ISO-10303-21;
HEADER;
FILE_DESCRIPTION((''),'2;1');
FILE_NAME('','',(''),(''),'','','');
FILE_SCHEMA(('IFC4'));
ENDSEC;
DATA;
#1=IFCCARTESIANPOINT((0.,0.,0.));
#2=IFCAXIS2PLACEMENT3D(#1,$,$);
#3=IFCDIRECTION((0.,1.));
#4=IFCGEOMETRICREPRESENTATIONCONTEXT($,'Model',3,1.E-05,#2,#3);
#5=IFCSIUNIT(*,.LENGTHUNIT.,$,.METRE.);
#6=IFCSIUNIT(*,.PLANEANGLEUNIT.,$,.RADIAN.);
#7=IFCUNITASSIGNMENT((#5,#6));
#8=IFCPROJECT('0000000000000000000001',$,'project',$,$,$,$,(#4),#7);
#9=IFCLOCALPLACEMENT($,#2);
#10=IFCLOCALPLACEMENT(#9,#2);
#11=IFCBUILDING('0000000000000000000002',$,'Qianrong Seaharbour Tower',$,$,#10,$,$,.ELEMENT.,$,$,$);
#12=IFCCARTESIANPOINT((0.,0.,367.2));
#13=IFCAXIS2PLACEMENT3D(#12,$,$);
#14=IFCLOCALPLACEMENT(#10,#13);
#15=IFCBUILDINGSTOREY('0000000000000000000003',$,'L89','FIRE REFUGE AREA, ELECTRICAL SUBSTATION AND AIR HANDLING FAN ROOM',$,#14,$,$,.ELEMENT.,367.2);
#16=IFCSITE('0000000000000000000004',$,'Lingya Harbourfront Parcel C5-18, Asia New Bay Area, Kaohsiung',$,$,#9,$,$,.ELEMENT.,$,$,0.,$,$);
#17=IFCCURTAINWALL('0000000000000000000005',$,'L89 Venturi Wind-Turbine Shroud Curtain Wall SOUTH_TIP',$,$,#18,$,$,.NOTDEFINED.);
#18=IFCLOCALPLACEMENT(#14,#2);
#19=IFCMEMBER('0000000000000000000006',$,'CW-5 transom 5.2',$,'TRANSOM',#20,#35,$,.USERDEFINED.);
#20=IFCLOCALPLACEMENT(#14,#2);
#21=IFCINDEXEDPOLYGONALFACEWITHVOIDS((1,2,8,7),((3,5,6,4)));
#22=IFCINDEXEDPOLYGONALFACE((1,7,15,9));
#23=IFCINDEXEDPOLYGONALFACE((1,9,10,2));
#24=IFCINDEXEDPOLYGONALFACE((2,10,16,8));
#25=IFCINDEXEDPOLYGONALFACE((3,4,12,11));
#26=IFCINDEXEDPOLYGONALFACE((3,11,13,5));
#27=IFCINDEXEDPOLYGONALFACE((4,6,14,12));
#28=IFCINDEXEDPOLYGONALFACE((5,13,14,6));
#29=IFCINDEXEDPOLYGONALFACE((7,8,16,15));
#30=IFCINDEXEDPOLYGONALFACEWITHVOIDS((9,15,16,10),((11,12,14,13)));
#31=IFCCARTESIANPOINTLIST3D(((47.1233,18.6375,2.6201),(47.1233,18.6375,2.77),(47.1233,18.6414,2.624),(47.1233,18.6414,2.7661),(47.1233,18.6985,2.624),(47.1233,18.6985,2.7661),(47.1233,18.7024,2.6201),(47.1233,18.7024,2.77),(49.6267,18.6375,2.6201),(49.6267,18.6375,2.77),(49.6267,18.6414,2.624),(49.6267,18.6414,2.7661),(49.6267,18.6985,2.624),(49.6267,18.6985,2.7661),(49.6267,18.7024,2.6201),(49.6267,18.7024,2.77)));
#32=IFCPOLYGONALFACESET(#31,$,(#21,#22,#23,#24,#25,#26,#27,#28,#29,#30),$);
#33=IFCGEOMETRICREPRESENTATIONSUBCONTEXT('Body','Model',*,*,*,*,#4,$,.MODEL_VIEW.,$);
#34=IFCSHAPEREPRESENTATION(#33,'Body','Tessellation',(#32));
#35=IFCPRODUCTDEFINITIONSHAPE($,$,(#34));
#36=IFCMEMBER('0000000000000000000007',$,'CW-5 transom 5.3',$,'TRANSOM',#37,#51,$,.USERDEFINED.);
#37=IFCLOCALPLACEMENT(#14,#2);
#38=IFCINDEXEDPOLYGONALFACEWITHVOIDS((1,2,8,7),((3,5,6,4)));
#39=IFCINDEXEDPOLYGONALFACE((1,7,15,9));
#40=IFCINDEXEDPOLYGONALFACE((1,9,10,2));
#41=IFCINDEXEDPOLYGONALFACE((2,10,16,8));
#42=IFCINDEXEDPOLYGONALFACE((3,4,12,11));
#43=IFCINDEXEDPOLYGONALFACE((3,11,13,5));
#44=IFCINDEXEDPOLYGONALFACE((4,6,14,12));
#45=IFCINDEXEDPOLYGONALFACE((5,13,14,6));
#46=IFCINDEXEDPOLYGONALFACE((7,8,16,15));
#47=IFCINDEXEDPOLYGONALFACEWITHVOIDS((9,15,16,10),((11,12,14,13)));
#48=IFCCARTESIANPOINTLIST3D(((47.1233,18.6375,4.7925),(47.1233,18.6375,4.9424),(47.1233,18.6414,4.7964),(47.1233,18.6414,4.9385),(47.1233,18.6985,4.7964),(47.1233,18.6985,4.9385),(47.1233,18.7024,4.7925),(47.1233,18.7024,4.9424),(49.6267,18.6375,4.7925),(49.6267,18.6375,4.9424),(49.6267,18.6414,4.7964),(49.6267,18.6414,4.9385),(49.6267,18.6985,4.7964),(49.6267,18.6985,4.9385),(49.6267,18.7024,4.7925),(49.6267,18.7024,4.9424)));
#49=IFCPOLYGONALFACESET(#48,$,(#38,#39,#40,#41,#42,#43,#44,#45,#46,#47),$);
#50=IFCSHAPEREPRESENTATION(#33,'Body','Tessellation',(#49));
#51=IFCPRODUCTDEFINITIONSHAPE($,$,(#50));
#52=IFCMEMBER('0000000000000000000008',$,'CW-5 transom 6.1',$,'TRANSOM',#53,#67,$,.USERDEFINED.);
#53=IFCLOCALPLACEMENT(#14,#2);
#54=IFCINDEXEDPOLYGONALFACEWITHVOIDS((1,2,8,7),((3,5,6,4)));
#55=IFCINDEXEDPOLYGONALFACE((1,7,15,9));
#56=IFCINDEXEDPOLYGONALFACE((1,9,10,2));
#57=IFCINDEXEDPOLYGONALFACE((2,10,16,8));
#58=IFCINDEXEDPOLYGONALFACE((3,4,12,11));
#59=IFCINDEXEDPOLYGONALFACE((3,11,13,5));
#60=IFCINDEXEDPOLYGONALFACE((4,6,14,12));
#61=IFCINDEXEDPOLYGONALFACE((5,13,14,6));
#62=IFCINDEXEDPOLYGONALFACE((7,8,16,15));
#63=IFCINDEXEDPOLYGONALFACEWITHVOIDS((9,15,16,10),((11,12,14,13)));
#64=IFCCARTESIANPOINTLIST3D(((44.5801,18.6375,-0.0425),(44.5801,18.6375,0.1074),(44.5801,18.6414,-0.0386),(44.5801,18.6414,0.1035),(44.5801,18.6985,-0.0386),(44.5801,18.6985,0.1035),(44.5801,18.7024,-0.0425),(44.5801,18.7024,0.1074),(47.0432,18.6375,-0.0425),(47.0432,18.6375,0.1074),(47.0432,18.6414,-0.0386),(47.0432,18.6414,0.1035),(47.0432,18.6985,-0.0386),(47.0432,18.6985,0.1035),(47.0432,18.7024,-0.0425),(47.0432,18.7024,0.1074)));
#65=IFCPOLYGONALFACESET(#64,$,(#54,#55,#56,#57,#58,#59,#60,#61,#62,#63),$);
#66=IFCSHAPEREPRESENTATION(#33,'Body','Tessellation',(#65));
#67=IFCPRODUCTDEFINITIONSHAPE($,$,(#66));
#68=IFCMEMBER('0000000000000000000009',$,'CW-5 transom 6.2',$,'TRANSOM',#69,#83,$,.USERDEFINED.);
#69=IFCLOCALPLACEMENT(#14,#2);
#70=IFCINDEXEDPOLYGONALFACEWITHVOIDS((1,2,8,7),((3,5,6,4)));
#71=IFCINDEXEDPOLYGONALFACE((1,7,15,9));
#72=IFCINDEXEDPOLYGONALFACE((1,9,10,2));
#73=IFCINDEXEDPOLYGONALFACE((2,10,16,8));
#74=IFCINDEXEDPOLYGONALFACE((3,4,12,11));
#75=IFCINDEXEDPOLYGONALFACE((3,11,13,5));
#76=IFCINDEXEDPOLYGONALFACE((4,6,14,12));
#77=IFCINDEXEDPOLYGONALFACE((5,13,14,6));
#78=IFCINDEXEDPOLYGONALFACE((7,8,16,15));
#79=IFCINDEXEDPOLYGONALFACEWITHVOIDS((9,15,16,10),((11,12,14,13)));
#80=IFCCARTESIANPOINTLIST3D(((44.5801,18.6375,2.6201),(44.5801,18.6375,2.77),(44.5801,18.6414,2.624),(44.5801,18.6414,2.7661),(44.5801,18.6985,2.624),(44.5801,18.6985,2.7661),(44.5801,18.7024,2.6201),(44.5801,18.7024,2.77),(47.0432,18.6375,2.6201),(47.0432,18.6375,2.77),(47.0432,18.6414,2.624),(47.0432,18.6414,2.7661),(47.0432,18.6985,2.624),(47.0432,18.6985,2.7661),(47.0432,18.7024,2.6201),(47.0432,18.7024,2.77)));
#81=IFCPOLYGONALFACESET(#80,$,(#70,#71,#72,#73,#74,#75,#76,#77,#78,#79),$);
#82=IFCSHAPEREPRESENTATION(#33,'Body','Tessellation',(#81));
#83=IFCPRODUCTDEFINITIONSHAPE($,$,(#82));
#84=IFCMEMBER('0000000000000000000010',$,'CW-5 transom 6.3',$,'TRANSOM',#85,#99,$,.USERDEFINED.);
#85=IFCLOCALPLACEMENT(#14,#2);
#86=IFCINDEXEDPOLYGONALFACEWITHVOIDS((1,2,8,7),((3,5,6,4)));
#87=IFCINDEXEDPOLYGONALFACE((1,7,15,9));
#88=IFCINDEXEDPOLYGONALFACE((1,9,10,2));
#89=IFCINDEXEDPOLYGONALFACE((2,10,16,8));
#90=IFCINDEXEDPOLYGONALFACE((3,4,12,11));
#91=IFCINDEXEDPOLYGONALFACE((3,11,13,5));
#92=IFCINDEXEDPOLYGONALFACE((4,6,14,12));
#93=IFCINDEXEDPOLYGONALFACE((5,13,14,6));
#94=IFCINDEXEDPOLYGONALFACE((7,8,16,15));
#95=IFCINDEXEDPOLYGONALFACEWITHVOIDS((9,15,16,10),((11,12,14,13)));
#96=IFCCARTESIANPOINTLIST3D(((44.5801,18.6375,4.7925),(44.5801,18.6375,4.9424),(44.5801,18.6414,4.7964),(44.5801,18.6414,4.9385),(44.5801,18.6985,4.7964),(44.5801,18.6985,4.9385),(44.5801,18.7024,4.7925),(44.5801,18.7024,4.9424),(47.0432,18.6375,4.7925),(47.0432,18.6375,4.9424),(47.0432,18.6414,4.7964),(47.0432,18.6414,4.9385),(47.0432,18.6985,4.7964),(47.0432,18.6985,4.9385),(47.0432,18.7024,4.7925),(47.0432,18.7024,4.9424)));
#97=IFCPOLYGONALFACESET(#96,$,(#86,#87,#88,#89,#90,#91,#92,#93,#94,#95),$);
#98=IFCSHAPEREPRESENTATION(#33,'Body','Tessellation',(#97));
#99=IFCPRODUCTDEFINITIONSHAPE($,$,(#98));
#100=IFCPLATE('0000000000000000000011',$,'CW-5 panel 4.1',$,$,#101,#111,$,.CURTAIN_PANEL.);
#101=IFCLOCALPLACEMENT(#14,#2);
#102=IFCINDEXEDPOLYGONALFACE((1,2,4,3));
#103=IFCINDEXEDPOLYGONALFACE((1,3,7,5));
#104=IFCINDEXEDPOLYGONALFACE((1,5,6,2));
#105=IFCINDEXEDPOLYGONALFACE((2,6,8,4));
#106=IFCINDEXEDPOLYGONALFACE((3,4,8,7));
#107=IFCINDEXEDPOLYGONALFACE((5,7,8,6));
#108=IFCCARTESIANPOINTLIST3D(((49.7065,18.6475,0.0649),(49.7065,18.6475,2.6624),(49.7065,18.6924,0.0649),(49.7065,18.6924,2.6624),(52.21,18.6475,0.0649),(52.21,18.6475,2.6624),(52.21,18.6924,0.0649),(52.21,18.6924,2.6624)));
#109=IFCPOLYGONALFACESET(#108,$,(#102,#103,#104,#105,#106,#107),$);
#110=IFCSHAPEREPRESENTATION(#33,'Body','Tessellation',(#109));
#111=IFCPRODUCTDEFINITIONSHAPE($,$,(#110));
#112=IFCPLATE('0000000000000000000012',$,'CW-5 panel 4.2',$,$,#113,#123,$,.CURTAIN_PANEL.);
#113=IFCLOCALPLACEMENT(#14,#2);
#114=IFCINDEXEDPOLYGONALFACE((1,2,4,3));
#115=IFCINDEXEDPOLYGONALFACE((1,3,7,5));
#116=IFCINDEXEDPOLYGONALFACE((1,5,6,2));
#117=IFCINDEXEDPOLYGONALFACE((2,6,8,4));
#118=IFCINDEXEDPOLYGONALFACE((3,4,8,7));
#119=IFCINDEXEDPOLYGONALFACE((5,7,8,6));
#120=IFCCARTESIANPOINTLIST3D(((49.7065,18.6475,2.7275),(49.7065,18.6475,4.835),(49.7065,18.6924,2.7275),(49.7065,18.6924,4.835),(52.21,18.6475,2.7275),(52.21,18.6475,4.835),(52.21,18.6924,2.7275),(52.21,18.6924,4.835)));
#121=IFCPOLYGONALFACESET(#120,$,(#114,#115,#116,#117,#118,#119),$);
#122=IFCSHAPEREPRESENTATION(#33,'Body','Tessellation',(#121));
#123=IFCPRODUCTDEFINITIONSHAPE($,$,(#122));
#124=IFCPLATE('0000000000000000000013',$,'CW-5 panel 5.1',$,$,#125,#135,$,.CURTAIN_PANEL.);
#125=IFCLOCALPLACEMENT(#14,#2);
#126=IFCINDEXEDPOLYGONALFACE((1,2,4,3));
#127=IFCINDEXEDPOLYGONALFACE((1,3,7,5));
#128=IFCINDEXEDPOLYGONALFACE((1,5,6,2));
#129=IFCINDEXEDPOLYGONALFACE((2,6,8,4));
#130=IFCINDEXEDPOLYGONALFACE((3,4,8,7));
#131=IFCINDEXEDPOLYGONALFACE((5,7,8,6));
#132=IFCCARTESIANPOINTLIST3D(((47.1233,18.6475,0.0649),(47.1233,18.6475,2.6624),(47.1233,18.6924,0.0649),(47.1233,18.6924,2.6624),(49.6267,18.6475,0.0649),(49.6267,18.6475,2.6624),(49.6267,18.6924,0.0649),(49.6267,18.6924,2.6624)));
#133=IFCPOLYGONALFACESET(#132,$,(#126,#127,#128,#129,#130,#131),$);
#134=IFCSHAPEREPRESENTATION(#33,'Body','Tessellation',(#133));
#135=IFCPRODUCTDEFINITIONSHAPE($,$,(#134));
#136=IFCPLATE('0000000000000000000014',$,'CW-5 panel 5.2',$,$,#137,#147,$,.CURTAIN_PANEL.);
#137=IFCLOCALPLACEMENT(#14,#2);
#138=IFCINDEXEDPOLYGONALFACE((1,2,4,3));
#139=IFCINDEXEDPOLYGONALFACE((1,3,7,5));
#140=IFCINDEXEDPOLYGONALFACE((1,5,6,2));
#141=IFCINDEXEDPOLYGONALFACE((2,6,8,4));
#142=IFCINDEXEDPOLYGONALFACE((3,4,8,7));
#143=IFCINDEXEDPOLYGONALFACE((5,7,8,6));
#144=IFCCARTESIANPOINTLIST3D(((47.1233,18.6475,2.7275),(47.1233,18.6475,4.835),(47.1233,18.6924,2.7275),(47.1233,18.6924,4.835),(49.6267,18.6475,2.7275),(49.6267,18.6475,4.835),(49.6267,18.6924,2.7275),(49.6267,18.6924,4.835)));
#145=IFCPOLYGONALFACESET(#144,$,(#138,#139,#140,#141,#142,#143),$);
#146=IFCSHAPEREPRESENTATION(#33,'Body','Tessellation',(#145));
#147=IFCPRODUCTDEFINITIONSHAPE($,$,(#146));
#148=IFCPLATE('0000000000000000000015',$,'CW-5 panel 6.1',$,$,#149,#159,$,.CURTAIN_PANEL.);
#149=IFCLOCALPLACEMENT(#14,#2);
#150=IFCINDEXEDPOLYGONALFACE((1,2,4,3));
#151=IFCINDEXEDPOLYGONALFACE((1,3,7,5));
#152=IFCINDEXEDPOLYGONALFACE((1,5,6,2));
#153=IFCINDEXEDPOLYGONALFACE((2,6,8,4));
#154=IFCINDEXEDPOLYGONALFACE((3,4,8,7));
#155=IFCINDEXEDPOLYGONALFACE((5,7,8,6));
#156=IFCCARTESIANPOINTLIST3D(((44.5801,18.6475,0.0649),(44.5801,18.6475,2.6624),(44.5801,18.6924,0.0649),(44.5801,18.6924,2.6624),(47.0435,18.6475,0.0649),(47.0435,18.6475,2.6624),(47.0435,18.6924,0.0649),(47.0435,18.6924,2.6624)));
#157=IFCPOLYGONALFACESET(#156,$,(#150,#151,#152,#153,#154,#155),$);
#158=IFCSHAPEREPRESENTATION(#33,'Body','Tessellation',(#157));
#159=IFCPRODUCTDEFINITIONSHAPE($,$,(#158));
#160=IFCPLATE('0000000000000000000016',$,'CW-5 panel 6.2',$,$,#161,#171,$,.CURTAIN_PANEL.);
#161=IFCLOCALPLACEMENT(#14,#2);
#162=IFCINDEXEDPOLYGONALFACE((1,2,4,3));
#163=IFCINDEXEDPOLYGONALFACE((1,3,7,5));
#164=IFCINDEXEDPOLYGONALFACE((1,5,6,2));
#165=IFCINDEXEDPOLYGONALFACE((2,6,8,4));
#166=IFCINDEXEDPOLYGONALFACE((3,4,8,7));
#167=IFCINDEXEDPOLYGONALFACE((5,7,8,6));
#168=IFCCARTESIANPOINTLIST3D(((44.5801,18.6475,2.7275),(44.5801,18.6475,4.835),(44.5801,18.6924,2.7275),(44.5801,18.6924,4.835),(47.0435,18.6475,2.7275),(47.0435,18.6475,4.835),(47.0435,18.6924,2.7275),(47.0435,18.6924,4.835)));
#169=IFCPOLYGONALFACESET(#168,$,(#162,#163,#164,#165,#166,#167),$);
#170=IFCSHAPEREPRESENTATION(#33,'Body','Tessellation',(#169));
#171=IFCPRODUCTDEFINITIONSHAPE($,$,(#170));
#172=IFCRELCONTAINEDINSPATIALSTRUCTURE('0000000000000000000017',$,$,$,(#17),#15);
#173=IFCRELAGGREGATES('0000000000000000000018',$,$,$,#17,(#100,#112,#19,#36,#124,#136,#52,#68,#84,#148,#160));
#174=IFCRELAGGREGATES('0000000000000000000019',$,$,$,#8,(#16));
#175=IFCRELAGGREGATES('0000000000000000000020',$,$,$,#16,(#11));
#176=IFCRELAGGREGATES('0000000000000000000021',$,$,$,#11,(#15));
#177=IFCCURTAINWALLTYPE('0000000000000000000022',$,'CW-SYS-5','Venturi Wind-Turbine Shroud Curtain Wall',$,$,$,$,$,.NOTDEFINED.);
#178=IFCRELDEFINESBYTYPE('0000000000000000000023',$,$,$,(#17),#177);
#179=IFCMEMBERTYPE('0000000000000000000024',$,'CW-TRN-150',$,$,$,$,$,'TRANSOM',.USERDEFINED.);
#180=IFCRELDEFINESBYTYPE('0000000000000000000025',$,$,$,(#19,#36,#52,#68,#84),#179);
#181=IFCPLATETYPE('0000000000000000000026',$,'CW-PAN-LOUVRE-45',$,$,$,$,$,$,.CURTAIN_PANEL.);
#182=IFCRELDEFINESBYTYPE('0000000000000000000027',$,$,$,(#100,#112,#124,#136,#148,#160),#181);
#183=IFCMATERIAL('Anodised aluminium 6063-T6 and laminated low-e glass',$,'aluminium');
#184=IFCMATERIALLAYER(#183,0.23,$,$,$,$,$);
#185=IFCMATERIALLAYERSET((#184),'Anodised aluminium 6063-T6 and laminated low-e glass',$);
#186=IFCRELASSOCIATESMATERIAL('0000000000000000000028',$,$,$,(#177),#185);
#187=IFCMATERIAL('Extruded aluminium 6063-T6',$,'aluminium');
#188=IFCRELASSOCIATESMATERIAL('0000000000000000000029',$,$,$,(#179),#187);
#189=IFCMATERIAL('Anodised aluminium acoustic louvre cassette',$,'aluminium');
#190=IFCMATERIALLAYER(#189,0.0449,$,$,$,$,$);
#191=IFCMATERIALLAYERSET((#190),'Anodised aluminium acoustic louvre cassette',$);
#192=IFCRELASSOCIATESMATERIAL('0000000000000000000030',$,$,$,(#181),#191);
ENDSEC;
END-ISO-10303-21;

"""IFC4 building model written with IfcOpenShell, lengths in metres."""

from ifc_helpers import new_model, si_unit, direction, frame, origin, origin_2d, place, context, subcontext, project, spatial, rectangle, hollow_rectangle, extrude, material, layer, layer_set, material_profile, profile_set, type_object, element, aggregate, save


model = new_model("IFC4")

# Units and contexts
model_context = context("Model", 3, precision=1e-05, world=origin(), true_north=direction((0.0, 1.0)))
body_context = subcontext(model_context, "Body", "Model", "MODEL_VIEW")
ifc_project = project(units=[si_unit("LENGTHUNIT", "METRE"), si_unit("PLANEANGLEUNIT", "RADIAN")], contexts=[model_context])

# Site, building, storey
site_placement = place(None, origin())
site = spatial("IfcSite", under=ifc_project, at=site_placement, Name="Lingya Harbourfront Parcel C5-18, Asia New Bay Area, Kaohsiung", CompositionType="ELEMENT", RefElevation=0.0)
building_placement = place(site_placement, origin())
building = spatial("IfcBuilding", under=site, at=building_placement, Name="Qianrong Seaharbour Tower", CompositionType="ELEMENT")
storey_placement = place(building_placement, frame((0.0, 0.0, 367.2)))
storey = spatial("IfcBuildingStorey", under=building, at=storey_placement, Name="L89", Description="FIRE REFUGE AREA, ELECTRICAL SUBSTATION AND AIR HANDLING FAN ROOM", CompositionType="ELEMENT", Elevation=367.2)

# Curtain wall, members, plates
ifc_material_1 = material(Name="Anodised aluminium 6063-T6 and laminated low-e glass", Category="aluminium")
ifc_layer_1 = layer(ifc_material_1, 0.23)
ifc_layer_set_1 = layer_set([ifc_layer_1], Name="Anodised aluminium 6063-T6 and laminated low-e glass")
curtain_wall_type = type_object("IfcCurtainWallType", Name="CW-SYS-5", Description="Venturi Wind-Turbine Shroud Curtain Wall", PredefinedType="NOTDEFINED", material=ifc_layer_set_1)
curtain_wall_placement = place(storey_placement, origin())
curtain_wall = element("IfcCurtainWall", 1, at=curtain_wall_placement, inside=storey, type_object=curtain_wall_type, Name="L89 Venturi Wind-Turbine Shroud Curtain Wall SOUTH_TIP", PredefinedType="NOTDEFINED")
ifc_material_2 = material(Name="Extruded aluminium 6063-T6", Category="aluminium")
ifc_material_profile_1 = material_profile(ifc_material_2, hollow_rectangle(XDim=0.0649, YDim=0.1499, WallThickness=0.0039, at=origin_2d()), Name="ALU-TRN-150x65x4")
ifc_profile_set_1 = profile_set([ifc_material_profile_1], Name="Extruded aluminium 6063-T6")
member_type_1 = type_object("IfcMemberType", Name="CW-TRN-150", ElementType="TRANSOM", PredefinedType="USERDEFINED", material=ifc_profile_set_1)
member_1_placement = place(storey_placement, frame((49.6267, 18.6699, 2.6951), z_axis=(-1.0, 0.0, 0.0), x_axis=(0.0, -1.0, 0.0)))
member_1 = element("IfcMember", 2, at=member_1_placement, type_object=member_type_1, Name="CW-5 transom 5.2", ObjectType="TRANSOM", PredefinedType="USERDEFINED", context=body_context, shape_type="SweptSolid", body=[
    extrude(hollow_rectangle(XDim=0.0649, YDim=0.1499, WallThickness=0.0039, at=origin_2d()), origin(), (0.0, 0.0, 1.0), 2.5034),
])
member_2_placement = place(storey_placement, frame((49.6267, 18.6699, 4.8674), z_axis=(-1.0, 0.0, 0.0), x_axis=(0.0, -1.0, 0.0)))
member_2 = element("IfcMember", 3, at=member_2_placement, type_object=member_type_1, Name="CW-5 transom 5.3", ObjectType="TRANSOM", PredefinedType="USERDEFINED", context=body_context, shape_type="SweptSolid", body=[
    extrude(hollow_rectangle(XDim=0.0649, YDim=0.1499, WallThickness=0.0039, at=origin_2d()), origin(), (0.0, 0.0, 1.0), 2.5034),
])
member_3_placement = place(storey_placement, frame((47.0432, 18.6699, 0.0325), z_axis=(-1.0, 0.0, 0.0), x_axis=(0.0, -1.0, 0.0)))
member_3 = element("IfcMember", 4, at=member_3_placement, type_object=member_type_1, Name="CW-5 transom 6.1", ObjectType="TRANSOM", PredefinedType="USERDEFINED", context=body_context, shape_type="SweptSolid", body=[
    extrude(hollow_rectangle(XDim=0.0649, YDim=0.1499, WallThickness=0.0039, at=origin_2d()), origin(), (0.0, 0.0, 1.0), 2.4631),
])
member_4_placement = place(storey_placement, frame((47.0432, 18.6699, 2.6951), z_axis=(-1.0, 0.0, 0.0), x_axis=(0.0, -1.0, 0.0)))
member_4 = element("IfcMember", 5, at=member_4_placement, type_object=member_type_1, Name="CW-5 transom 6.2", ObjectType="TRANSOM", PredefinedType="USERDEFINED", context=body_context, shape_type="SweptSolid", body=[
    extrude(hollow_rectangle(XDim=0.0649, YDim=0.1499, WallThickness=0.0039, at=origin_2d()), origin(), (0.0, 0.0, 1.0), 2.4631),
])
member_5_placement = place(storey_placement, frame((47.0432, 18.6699, 4.8674), z_axis=(-1.0, 0.0, 0.0), x_axis=(0.0, -1.0, 0.0)))
member_5 = element("IfcMember", 6, at=member_5_placement, type_object=member_type_1, Name="CW-5 transom 6.3", ObjectType="TRANSOM", PredefinedType="USERDEFINED", context=body_context, shape_type="SweptSolid", body=[
    extrude(hollow_rectangle(XDim=0.0649, YDim=0.1499, WallThickness=0.0039, at=origin_2d()), origin(), (0.0, 0.0, 1.0), 2.4631),
])
ifc_material_3 = material(Name="Anodised aluminium acoustic louvre cassette", Category="aluminium")
ifc_layer_2 = layer(ifc_material_3, 0.0449)
ifc_layer_set_2 = layer_set([ifc_layer_2], Name="Anodised aluminium acoustic louvre cassette")
plate_type = type_object("IfcPlateType", Name="CW-PAN-LOUVRE-45", PredefinedType="CURTAIN_PANEL", material=ifc_layer_set_2)
plate_1_placement = place(storey_placement, frame((50.9583, 18.6699, 0.0649), z_axis=(0.0, 0.0, 1.0), x_axis=(-1.0, 0.0, 0.0)))
plate_1 = element("IfcPlate", 7, at=plate_1_placement, type_object=plate_type, Name="CW-5 panel 4.1", PredefinedType="CURTAIN_PANEL", context=body_context, shape_type="SweptSolid", body=[
    extrude(rectangle(XDim=2.5034, YDim=0.0449, at=origin_2d()), origin(), (0.0, 0.0, 1.0), 2.5974),
])
plate_2_placement = place(storey_placement, frame((50.9583, 18.6699, 2.7275), z_axis=(0.0, 0.0, 1.0), x_axis=(-1.0, 0.0, 0.0)))
plate_2 = element("IfcPlate", 8, at=plate_2_placement, type_object=plate_type, Name="CW-5 panel 4.2", PredefinedType="CURTAIN_PANEL", context=body_context, shape_type="SweptSolid", body=[
    extrude(rectangle(XDim=2.5034, YDim=0.0449, at=origin_2d()), origin(), (0.0, 0.0, 1.0), 2.1074),
])
plate_3_placement = place(storey_placement, frame((48.375, 18.6699, 0.0649), z_axis=(0.0, 0.0, 1.0), x_axis=(-1.0, 0.0, 0.0)))
plate_3 = element("IfcPlate", 9, at=plate_3_placement, type_object=plate_type, Name="CW-5 panel 5.1", PredefinedType="CURTAIN_PANEL", context=body_context, shape_type="SweptSolid", body=[
    extrude(rectangle(XDim=2.5034, YDim=0.0449, at=origin_2d()), origin(), (0.0, 0.0, 1.0), 2.5974),
])
plate_4_placement = place(storey_placement, frame((48.375, 18.6699, 2.7275), z_axis=(0.0, 0.0, 1.0), x_axis=(-1.0, 0.0, 0.0)))
plate_4 = element("IfcPlate", 10, at=plate_4_placement, type_object=plate_type, Name="CW-5 panel 5.2", PredefinedType="CURTAIN_PANEL", context=body_context, shape_type="SweptSolid", body=[
    extrude(rectangle(XDim=2.5034, YDim=0.0449, at=origin_2d()), origin(), (0.0, 0.0, 1.0), 2.1074),
])
plate_5_placement = place(storey_placement, frame((45.8118, 18.6699, 0.0649), z_axis=(0.0, 0.0, 1.0), x_axis=(-1.0, 0.0, 0.0)))
plate_5 = element("IfcPlate", 11, at=plate_5_placement, type_object=plate_type, Name="CW-5 panel 6.1", PredefinedType="CURTAIN_PANEL", context=body_context, shape_type="SweptSolid", body=[
    extrude(rectangle(XDim=2.4634, YDim=0.0449, at=origin_2d()), origin(), (0.0, 0.0, 1.0), 2.5974),
])
plate_6_placement = place(storey_placement, frame((45.8118, 18.6699, 2.7275), z_axis=(0.0, 0.0, 1.0), x_axis=(-1.0, 0.0, 0.0)))
plate_6 = element("IfcPlate", 12, at=plate_6_placement, type_object=plate_type, Name="CW-5 panel 6.2", PredefinedType="CURTAIN_PANEL", context=body_context, shape_type="SweptSolid", body=[
    extrude(rectangle(XDim=2.4634, YDim=0.0449, at=origin_2d()), origin(), (0.0, 0.0, 1.0), 2.1074),
])
aggregate(curtain_wall, [plate_1, plate_2, member_1, member_2, plate_3, plate_4, member_3, member_4, member_5, plate_5, plate_6])

save(model, "model.ifc")
